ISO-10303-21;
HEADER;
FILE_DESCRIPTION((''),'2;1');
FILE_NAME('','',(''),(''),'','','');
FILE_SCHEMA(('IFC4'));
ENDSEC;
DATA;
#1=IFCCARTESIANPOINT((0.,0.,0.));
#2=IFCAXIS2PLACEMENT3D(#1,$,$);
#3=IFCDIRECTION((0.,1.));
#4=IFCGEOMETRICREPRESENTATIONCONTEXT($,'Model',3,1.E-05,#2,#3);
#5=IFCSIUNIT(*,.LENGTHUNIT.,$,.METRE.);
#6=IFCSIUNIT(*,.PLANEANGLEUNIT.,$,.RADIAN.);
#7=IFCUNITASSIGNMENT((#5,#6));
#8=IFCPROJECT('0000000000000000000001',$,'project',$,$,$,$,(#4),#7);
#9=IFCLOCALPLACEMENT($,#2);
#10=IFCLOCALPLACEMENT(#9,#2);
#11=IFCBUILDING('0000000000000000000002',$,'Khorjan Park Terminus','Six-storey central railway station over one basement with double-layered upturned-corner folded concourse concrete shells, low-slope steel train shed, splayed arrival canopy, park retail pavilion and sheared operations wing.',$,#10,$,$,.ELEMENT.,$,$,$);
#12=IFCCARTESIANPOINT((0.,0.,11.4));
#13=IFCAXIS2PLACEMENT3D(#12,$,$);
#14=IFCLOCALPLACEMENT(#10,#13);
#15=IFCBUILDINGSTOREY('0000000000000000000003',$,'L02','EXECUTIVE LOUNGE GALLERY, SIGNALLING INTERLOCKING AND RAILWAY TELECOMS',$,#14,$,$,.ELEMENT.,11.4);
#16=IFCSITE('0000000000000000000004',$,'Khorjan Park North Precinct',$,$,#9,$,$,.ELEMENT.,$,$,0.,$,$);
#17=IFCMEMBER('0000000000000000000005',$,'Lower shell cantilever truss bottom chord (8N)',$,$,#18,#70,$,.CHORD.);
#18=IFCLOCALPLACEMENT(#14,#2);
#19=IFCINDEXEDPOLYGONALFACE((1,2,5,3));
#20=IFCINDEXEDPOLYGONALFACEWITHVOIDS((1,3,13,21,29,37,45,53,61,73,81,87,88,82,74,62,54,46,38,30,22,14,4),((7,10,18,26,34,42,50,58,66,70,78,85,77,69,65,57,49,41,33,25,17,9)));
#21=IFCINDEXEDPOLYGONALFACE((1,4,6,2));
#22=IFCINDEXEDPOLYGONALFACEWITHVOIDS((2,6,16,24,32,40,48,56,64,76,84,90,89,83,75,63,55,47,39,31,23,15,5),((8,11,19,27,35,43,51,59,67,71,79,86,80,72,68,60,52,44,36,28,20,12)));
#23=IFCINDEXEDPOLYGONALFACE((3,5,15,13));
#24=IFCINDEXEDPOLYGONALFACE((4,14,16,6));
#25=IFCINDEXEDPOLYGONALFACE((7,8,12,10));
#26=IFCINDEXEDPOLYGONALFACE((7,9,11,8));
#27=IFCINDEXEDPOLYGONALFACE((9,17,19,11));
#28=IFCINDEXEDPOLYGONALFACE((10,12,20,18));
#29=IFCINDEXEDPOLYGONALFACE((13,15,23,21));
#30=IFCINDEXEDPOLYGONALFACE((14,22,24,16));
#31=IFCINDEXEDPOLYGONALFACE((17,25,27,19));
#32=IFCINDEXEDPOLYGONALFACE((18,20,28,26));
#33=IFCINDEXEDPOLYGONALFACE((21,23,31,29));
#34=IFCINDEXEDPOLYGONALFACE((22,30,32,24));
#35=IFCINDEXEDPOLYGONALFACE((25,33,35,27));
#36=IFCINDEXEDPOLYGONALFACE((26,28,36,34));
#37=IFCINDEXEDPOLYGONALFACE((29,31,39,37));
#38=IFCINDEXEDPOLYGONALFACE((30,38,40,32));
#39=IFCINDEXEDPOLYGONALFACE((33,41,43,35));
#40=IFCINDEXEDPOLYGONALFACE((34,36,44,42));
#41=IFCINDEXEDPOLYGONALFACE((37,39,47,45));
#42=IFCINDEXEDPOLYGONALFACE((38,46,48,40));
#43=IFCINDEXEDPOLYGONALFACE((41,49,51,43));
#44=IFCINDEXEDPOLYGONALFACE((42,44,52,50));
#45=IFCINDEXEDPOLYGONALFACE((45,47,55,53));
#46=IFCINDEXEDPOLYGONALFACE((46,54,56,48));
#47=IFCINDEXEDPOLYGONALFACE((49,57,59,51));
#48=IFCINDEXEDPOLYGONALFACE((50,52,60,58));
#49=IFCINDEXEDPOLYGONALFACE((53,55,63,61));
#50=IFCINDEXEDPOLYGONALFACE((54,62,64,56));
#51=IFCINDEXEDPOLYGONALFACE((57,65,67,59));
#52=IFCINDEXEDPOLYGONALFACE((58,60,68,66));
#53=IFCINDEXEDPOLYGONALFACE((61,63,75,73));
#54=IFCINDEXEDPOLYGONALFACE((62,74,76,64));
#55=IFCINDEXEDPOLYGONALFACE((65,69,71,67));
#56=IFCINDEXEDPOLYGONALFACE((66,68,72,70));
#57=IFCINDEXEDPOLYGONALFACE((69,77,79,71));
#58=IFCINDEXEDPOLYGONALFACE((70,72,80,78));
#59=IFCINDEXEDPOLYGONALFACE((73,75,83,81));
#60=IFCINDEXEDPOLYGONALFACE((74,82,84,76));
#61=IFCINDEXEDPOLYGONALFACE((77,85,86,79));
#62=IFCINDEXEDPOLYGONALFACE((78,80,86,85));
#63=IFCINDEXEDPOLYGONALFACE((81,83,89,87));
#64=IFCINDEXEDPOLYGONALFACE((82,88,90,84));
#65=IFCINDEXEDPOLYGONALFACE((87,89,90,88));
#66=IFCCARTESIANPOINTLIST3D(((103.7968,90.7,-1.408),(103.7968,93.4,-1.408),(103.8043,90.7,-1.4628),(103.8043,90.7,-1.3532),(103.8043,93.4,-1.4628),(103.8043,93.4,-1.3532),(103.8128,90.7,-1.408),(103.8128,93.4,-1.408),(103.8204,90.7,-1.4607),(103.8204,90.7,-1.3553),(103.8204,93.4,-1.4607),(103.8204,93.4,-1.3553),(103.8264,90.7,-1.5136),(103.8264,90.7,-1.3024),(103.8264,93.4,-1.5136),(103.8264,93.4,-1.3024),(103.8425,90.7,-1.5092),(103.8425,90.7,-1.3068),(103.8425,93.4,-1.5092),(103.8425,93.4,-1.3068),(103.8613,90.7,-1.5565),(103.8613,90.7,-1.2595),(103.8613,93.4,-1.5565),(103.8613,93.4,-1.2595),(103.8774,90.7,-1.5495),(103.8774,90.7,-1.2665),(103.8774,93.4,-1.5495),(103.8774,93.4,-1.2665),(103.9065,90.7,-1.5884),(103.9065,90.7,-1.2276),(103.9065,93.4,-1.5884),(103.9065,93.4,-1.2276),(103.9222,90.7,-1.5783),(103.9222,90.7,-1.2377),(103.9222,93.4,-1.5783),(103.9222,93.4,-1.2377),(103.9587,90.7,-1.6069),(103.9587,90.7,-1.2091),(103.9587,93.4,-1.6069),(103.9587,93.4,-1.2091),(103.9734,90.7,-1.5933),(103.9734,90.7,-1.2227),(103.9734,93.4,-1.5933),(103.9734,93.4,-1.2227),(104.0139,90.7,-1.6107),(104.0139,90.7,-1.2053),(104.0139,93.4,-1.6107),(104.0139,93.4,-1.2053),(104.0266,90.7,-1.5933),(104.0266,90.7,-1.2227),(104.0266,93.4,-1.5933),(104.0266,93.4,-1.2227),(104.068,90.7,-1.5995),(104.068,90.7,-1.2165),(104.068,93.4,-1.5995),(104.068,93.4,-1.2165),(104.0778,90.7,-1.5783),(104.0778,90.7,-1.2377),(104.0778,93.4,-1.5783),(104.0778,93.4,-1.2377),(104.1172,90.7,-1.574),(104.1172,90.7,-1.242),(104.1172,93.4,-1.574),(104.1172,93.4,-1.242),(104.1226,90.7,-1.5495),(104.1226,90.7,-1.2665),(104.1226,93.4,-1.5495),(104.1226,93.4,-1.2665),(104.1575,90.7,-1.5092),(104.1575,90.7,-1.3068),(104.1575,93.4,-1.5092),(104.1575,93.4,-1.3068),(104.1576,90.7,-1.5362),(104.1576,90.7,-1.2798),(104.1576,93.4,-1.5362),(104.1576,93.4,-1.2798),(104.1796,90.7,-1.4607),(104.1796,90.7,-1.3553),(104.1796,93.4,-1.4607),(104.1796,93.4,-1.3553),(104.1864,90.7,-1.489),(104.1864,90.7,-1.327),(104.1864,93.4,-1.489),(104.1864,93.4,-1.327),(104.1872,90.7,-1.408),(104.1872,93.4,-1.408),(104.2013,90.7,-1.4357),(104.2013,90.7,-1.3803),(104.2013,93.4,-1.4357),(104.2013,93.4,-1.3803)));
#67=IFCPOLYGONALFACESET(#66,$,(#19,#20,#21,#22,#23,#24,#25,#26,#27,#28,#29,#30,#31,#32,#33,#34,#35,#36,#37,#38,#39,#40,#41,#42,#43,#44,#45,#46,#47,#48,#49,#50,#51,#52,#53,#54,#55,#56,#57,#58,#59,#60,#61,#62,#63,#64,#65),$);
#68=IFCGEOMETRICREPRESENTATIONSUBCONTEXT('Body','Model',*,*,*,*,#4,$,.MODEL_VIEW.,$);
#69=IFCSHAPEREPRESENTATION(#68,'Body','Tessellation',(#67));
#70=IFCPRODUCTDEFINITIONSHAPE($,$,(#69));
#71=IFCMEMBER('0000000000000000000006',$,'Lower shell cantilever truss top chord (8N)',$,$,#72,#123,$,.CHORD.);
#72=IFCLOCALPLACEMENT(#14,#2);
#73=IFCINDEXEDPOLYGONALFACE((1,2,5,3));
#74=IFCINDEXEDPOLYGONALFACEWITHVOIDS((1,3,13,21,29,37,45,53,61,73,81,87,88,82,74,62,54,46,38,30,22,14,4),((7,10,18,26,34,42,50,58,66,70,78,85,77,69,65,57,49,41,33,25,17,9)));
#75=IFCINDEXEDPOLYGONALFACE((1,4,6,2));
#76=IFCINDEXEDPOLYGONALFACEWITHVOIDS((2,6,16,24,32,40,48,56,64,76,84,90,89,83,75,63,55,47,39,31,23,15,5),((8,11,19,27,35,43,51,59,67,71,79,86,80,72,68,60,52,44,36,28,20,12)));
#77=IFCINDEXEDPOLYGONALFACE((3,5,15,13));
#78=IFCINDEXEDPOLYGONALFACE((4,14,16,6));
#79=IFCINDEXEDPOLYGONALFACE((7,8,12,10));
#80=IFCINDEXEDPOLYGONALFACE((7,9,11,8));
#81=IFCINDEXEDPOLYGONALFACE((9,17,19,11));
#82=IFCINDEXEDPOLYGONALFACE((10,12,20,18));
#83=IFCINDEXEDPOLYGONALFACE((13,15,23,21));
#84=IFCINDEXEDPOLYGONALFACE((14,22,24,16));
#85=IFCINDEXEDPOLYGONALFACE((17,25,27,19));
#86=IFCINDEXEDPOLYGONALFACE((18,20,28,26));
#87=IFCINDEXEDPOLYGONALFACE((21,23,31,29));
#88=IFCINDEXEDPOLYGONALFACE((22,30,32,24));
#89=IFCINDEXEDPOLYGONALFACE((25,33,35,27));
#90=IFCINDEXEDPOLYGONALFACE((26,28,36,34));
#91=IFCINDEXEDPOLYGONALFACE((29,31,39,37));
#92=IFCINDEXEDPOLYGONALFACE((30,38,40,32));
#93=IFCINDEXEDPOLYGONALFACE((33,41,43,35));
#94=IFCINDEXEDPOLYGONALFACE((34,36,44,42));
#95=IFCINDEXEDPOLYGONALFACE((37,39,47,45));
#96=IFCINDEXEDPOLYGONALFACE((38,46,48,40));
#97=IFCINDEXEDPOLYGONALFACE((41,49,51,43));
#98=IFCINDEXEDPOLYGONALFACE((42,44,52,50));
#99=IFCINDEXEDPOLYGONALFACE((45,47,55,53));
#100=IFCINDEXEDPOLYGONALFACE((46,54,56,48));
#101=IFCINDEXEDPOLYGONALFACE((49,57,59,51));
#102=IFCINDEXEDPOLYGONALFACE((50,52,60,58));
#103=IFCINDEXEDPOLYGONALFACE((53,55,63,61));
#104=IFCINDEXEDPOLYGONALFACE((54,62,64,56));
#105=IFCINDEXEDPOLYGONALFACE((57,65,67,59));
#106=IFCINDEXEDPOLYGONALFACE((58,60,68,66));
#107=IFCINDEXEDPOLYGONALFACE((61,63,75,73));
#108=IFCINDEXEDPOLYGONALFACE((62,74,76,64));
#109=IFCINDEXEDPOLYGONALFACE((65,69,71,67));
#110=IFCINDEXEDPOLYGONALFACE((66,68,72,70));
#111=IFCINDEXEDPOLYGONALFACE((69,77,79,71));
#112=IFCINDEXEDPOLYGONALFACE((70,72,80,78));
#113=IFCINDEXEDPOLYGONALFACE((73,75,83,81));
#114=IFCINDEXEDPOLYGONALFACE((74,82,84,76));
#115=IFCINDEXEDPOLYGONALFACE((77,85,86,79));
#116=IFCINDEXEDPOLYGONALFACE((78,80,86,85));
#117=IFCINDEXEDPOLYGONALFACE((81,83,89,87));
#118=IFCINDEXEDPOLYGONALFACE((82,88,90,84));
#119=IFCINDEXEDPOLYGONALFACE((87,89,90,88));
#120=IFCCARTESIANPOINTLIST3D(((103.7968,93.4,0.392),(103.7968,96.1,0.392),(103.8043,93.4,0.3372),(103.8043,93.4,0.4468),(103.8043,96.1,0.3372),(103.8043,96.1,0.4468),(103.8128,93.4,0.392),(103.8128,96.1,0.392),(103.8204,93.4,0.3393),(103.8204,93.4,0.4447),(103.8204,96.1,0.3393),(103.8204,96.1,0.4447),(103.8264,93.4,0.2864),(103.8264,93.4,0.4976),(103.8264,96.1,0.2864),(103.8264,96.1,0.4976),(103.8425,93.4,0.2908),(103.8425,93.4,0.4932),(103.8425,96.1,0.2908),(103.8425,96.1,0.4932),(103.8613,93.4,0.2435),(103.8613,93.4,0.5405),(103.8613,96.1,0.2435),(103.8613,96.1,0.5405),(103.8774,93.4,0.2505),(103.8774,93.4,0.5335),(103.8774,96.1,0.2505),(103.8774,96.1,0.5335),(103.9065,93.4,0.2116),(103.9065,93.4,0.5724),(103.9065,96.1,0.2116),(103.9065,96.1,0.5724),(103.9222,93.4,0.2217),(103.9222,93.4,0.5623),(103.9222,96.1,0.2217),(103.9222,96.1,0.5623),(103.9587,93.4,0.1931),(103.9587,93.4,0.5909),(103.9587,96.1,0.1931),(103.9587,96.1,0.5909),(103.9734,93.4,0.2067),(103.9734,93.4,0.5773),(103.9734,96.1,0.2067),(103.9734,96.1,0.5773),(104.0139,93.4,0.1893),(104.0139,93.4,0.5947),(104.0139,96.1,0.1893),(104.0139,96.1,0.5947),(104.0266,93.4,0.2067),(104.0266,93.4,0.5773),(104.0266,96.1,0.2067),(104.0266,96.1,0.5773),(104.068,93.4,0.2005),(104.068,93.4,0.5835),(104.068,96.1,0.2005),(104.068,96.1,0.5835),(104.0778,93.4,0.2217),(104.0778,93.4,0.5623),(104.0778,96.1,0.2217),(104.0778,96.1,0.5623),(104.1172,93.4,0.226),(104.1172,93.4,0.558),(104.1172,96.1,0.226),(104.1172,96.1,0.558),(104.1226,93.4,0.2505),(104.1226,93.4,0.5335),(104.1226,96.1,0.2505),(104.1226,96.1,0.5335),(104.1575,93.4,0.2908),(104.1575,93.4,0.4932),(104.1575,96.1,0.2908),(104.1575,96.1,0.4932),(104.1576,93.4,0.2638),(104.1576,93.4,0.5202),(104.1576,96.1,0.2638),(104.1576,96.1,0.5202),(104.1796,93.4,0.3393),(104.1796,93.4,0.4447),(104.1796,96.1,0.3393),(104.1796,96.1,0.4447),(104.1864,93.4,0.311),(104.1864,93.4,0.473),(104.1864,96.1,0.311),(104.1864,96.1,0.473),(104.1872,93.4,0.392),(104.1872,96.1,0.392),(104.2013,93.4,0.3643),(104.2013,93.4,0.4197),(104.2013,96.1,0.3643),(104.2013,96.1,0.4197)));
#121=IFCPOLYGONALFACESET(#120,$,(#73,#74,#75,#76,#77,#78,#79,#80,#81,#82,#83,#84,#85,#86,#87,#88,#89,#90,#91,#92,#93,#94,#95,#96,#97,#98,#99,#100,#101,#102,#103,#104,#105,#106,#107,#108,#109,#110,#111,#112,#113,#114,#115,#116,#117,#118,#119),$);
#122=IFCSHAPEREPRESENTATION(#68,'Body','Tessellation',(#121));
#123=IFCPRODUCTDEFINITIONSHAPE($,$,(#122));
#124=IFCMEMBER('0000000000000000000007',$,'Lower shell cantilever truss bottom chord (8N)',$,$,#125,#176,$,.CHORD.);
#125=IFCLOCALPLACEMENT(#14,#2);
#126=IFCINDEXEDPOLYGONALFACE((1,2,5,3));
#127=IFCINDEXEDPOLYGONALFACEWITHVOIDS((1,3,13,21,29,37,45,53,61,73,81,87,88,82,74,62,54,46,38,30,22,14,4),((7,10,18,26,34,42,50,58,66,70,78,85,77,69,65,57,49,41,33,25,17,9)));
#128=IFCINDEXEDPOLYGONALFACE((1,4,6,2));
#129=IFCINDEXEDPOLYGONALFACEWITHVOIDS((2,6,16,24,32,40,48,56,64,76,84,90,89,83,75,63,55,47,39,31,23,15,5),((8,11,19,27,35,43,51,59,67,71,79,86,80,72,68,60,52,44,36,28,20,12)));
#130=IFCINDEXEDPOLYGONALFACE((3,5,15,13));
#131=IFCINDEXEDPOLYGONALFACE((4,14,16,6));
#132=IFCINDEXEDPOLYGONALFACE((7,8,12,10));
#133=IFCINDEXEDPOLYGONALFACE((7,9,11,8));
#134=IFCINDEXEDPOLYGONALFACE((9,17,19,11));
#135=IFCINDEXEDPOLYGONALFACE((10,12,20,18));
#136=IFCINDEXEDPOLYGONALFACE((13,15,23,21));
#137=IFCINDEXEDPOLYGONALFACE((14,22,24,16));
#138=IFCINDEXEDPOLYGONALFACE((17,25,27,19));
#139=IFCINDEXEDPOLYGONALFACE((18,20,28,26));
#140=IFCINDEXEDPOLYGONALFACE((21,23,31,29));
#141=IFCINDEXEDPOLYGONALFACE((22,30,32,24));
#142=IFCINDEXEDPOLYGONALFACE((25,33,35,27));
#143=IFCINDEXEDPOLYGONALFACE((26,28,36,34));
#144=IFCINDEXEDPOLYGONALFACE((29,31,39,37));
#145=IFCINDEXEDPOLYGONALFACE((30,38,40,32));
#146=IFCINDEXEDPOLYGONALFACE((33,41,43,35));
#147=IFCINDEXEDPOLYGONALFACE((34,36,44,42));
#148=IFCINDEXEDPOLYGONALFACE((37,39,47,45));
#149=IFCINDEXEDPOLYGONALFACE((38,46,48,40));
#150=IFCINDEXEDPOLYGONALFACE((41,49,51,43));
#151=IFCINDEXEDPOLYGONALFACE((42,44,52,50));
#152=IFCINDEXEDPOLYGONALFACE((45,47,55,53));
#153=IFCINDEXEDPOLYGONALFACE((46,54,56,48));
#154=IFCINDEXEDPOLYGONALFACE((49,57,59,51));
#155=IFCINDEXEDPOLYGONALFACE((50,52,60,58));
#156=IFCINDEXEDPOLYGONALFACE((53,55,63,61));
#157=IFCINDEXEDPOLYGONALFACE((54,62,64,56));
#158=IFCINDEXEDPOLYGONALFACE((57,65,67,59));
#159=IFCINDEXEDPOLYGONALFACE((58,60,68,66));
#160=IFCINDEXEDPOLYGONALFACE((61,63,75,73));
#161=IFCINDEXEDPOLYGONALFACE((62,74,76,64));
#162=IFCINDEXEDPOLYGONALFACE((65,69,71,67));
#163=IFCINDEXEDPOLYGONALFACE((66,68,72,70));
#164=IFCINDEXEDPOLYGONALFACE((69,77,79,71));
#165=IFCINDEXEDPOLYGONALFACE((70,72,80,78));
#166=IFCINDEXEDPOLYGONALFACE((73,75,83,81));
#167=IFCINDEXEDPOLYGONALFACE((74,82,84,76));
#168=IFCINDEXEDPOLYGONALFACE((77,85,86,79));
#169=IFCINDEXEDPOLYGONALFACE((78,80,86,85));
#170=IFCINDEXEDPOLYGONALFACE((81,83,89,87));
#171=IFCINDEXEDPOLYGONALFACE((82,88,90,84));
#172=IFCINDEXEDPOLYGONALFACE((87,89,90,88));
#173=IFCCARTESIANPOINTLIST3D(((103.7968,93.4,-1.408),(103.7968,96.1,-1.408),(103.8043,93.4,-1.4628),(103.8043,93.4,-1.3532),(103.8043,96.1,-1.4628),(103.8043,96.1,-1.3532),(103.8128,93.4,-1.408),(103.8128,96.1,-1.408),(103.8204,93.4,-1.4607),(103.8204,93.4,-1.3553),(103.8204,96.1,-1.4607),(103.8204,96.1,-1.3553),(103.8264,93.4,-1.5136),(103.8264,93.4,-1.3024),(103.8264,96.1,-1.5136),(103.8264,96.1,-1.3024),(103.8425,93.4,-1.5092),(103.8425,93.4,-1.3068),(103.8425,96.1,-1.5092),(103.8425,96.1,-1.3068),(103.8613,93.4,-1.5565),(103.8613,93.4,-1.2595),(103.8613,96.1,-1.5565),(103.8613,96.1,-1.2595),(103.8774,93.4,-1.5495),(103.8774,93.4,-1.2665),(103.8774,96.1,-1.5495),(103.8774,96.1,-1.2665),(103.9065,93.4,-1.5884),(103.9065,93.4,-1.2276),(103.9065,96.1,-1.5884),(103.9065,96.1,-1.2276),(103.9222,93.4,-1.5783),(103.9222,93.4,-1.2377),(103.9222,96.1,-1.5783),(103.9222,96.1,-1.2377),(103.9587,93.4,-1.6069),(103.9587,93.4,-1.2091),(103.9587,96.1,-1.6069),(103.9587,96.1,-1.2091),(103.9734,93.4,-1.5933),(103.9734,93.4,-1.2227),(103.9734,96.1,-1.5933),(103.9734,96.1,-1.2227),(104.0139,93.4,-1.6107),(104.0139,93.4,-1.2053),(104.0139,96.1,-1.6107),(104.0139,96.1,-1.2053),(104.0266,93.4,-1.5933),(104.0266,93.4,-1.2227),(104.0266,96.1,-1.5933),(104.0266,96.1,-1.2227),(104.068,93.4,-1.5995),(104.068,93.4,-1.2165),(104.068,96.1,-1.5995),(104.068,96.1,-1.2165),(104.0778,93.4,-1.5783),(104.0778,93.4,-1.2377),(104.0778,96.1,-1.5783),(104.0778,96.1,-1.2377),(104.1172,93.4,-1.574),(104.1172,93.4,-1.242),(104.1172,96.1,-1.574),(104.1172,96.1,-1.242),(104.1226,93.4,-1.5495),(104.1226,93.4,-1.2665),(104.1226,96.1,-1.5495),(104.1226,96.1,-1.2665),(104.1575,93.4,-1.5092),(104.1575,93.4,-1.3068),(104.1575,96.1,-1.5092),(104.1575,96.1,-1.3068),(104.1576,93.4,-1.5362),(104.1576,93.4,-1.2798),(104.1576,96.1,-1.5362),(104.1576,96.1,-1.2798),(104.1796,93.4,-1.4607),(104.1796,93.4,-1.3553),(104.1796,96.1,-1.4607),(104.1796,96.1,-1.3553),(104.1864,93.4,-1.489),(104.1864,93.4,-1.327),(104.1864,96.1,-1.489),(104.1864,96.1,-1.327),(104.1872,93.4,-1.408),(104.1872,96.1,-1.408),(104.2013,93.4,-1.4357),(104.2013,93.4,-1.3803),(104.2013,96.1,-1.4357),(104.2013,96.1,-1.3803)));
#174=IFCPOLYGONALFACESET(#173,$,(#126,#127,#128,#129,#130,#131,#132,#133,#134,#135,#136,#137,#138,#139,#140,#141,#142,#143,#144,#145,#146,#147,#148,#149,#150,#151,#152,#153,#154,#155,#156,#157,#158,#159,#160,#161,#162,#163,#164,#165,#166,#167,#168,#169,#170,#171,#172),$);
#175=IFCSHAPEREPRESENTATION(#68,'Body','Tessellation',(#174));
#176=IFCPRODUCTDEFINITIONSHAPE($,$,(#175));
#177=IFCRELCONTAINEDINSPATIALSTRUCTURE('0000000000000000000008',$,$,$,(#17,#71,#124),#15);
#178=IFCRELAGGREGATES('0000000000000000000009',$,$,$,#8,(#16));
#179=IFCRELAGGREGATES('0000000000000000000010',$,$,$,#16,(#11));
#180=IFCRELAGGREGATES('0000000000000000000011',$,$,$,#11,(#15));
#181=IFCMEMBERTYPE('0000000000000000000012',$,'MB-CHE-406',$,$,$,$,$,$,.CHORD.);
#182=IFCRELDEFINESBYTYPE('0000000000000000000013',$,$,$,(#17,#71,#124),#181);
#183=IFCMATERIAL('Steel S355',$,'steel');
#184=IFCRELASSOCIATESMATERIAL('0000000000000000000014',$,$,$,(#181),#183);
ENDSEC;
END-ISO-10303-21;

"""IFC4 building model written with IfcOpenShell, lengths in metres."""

from ifc_helpers import new_model, si_unit, direction, frame, origin, origin_2d, place, context, subcontext, project, spatial, hollow_circle, extrude, material, material_profile, profile_set, type_object, element, save


model = new_model("IFC4")

# Units and contexts
model_context = context("Model", 3, precision=1e-05, world=origin(), true_north=direction((0.0, 1.0)))
body_context = subcontext(model_context, "Body", "Model", "MODEL_VIEW")
ifc_project = project(units=[si_unit("LENGTHUNIT", "METRE"), si_unit("PLANEANGLEUNIT", "RADIAN")], contexts=[model_context])

# Site, building, storey
site_placement = place(None, origin())
site = spatial("IfcSite", under=ifc_project, at=site_placement, Name="Khorjan Park North Precinct", CompositionType="ELEMENT", RefElevation=0.0)
building_placement = place(site_placement, origin())
building = spatial("IfcBuilding", under=site, at=building_placement, Name="Khorjan Park Terminus", Description="Six-storey central railway station over one basement with double-layered upturned-corner folded concourse concrete shells, low-slope steel train shed, splayed arrival canopy, park retail pavilion and sheared operations wing.", CompositionType="ELEMENT")
storey_placement = place(building_placement, frame((0.0, 0.0, 11.4)))
storey = spatial("IfcBuildingStorey", under=building, at=storey_placement, Name="L02", Description="EXECUTIVE LOUNGE GALLERY, SIGNALLING INTERLOCKING AND RAILWAY TELECOMS", CompositionType="ELEMENT", Elevation=11.4)

# Members
ifc_material_1 = material(Name="Steel S355", Category="steel")
ifc_material_profile_1 = material_profile(ifc_material_1, hollow_circle(Radius=0.2032, WallThickness=0.016, at=origin_2d()), Name="CHS 406.4x16")
ifc_profile_set_1 = profile_set([ifc_material_profile_1], Name="Steel S355")
member_type_1 = type_object("IfcMemberType", Name="MB-CHE-406", PredefinedType="CHORD", material=ifc_profile_set_1)
for number, where, z_axis, x_axis, name in (
    (1, (104.0, 90.7, -1.408), (0.0, 1.0, 0.0), (-1.0, 0.0, 0.0), "Lower shell cantilever truss bottom chord (8N)"),
    (2, (104.0, 93.4, 0.392), (0.0, 1.0, 0.0), (-1.0, 0.0, 0.0), "Lower shell cantilever truss top chord (8N)"),
    (3, (104.0, 93.4, -1.408), (0.0, 1.0, 0.0), (-1.0, 0.0, 0.0), "Lower shell cantilever truss bottom chord (8N)"),
):
    element("IfcMember", number, at=place(storey_placement, frame(where, z_axis=z_axis, x_axis=x_axis)), inside=storey, type_object=member_type_1, Name=name, PredefinedType="CHORD", context=body_context, shape_type="SweptSolid", body=[
        extrude(hollow_circle(Radius=0.2032, WallThickness=0.016, at=origin_2d()), origin(), (0.0, 0.0, 1.0), 2.7),
    ])

save(model, "model.ifc")
